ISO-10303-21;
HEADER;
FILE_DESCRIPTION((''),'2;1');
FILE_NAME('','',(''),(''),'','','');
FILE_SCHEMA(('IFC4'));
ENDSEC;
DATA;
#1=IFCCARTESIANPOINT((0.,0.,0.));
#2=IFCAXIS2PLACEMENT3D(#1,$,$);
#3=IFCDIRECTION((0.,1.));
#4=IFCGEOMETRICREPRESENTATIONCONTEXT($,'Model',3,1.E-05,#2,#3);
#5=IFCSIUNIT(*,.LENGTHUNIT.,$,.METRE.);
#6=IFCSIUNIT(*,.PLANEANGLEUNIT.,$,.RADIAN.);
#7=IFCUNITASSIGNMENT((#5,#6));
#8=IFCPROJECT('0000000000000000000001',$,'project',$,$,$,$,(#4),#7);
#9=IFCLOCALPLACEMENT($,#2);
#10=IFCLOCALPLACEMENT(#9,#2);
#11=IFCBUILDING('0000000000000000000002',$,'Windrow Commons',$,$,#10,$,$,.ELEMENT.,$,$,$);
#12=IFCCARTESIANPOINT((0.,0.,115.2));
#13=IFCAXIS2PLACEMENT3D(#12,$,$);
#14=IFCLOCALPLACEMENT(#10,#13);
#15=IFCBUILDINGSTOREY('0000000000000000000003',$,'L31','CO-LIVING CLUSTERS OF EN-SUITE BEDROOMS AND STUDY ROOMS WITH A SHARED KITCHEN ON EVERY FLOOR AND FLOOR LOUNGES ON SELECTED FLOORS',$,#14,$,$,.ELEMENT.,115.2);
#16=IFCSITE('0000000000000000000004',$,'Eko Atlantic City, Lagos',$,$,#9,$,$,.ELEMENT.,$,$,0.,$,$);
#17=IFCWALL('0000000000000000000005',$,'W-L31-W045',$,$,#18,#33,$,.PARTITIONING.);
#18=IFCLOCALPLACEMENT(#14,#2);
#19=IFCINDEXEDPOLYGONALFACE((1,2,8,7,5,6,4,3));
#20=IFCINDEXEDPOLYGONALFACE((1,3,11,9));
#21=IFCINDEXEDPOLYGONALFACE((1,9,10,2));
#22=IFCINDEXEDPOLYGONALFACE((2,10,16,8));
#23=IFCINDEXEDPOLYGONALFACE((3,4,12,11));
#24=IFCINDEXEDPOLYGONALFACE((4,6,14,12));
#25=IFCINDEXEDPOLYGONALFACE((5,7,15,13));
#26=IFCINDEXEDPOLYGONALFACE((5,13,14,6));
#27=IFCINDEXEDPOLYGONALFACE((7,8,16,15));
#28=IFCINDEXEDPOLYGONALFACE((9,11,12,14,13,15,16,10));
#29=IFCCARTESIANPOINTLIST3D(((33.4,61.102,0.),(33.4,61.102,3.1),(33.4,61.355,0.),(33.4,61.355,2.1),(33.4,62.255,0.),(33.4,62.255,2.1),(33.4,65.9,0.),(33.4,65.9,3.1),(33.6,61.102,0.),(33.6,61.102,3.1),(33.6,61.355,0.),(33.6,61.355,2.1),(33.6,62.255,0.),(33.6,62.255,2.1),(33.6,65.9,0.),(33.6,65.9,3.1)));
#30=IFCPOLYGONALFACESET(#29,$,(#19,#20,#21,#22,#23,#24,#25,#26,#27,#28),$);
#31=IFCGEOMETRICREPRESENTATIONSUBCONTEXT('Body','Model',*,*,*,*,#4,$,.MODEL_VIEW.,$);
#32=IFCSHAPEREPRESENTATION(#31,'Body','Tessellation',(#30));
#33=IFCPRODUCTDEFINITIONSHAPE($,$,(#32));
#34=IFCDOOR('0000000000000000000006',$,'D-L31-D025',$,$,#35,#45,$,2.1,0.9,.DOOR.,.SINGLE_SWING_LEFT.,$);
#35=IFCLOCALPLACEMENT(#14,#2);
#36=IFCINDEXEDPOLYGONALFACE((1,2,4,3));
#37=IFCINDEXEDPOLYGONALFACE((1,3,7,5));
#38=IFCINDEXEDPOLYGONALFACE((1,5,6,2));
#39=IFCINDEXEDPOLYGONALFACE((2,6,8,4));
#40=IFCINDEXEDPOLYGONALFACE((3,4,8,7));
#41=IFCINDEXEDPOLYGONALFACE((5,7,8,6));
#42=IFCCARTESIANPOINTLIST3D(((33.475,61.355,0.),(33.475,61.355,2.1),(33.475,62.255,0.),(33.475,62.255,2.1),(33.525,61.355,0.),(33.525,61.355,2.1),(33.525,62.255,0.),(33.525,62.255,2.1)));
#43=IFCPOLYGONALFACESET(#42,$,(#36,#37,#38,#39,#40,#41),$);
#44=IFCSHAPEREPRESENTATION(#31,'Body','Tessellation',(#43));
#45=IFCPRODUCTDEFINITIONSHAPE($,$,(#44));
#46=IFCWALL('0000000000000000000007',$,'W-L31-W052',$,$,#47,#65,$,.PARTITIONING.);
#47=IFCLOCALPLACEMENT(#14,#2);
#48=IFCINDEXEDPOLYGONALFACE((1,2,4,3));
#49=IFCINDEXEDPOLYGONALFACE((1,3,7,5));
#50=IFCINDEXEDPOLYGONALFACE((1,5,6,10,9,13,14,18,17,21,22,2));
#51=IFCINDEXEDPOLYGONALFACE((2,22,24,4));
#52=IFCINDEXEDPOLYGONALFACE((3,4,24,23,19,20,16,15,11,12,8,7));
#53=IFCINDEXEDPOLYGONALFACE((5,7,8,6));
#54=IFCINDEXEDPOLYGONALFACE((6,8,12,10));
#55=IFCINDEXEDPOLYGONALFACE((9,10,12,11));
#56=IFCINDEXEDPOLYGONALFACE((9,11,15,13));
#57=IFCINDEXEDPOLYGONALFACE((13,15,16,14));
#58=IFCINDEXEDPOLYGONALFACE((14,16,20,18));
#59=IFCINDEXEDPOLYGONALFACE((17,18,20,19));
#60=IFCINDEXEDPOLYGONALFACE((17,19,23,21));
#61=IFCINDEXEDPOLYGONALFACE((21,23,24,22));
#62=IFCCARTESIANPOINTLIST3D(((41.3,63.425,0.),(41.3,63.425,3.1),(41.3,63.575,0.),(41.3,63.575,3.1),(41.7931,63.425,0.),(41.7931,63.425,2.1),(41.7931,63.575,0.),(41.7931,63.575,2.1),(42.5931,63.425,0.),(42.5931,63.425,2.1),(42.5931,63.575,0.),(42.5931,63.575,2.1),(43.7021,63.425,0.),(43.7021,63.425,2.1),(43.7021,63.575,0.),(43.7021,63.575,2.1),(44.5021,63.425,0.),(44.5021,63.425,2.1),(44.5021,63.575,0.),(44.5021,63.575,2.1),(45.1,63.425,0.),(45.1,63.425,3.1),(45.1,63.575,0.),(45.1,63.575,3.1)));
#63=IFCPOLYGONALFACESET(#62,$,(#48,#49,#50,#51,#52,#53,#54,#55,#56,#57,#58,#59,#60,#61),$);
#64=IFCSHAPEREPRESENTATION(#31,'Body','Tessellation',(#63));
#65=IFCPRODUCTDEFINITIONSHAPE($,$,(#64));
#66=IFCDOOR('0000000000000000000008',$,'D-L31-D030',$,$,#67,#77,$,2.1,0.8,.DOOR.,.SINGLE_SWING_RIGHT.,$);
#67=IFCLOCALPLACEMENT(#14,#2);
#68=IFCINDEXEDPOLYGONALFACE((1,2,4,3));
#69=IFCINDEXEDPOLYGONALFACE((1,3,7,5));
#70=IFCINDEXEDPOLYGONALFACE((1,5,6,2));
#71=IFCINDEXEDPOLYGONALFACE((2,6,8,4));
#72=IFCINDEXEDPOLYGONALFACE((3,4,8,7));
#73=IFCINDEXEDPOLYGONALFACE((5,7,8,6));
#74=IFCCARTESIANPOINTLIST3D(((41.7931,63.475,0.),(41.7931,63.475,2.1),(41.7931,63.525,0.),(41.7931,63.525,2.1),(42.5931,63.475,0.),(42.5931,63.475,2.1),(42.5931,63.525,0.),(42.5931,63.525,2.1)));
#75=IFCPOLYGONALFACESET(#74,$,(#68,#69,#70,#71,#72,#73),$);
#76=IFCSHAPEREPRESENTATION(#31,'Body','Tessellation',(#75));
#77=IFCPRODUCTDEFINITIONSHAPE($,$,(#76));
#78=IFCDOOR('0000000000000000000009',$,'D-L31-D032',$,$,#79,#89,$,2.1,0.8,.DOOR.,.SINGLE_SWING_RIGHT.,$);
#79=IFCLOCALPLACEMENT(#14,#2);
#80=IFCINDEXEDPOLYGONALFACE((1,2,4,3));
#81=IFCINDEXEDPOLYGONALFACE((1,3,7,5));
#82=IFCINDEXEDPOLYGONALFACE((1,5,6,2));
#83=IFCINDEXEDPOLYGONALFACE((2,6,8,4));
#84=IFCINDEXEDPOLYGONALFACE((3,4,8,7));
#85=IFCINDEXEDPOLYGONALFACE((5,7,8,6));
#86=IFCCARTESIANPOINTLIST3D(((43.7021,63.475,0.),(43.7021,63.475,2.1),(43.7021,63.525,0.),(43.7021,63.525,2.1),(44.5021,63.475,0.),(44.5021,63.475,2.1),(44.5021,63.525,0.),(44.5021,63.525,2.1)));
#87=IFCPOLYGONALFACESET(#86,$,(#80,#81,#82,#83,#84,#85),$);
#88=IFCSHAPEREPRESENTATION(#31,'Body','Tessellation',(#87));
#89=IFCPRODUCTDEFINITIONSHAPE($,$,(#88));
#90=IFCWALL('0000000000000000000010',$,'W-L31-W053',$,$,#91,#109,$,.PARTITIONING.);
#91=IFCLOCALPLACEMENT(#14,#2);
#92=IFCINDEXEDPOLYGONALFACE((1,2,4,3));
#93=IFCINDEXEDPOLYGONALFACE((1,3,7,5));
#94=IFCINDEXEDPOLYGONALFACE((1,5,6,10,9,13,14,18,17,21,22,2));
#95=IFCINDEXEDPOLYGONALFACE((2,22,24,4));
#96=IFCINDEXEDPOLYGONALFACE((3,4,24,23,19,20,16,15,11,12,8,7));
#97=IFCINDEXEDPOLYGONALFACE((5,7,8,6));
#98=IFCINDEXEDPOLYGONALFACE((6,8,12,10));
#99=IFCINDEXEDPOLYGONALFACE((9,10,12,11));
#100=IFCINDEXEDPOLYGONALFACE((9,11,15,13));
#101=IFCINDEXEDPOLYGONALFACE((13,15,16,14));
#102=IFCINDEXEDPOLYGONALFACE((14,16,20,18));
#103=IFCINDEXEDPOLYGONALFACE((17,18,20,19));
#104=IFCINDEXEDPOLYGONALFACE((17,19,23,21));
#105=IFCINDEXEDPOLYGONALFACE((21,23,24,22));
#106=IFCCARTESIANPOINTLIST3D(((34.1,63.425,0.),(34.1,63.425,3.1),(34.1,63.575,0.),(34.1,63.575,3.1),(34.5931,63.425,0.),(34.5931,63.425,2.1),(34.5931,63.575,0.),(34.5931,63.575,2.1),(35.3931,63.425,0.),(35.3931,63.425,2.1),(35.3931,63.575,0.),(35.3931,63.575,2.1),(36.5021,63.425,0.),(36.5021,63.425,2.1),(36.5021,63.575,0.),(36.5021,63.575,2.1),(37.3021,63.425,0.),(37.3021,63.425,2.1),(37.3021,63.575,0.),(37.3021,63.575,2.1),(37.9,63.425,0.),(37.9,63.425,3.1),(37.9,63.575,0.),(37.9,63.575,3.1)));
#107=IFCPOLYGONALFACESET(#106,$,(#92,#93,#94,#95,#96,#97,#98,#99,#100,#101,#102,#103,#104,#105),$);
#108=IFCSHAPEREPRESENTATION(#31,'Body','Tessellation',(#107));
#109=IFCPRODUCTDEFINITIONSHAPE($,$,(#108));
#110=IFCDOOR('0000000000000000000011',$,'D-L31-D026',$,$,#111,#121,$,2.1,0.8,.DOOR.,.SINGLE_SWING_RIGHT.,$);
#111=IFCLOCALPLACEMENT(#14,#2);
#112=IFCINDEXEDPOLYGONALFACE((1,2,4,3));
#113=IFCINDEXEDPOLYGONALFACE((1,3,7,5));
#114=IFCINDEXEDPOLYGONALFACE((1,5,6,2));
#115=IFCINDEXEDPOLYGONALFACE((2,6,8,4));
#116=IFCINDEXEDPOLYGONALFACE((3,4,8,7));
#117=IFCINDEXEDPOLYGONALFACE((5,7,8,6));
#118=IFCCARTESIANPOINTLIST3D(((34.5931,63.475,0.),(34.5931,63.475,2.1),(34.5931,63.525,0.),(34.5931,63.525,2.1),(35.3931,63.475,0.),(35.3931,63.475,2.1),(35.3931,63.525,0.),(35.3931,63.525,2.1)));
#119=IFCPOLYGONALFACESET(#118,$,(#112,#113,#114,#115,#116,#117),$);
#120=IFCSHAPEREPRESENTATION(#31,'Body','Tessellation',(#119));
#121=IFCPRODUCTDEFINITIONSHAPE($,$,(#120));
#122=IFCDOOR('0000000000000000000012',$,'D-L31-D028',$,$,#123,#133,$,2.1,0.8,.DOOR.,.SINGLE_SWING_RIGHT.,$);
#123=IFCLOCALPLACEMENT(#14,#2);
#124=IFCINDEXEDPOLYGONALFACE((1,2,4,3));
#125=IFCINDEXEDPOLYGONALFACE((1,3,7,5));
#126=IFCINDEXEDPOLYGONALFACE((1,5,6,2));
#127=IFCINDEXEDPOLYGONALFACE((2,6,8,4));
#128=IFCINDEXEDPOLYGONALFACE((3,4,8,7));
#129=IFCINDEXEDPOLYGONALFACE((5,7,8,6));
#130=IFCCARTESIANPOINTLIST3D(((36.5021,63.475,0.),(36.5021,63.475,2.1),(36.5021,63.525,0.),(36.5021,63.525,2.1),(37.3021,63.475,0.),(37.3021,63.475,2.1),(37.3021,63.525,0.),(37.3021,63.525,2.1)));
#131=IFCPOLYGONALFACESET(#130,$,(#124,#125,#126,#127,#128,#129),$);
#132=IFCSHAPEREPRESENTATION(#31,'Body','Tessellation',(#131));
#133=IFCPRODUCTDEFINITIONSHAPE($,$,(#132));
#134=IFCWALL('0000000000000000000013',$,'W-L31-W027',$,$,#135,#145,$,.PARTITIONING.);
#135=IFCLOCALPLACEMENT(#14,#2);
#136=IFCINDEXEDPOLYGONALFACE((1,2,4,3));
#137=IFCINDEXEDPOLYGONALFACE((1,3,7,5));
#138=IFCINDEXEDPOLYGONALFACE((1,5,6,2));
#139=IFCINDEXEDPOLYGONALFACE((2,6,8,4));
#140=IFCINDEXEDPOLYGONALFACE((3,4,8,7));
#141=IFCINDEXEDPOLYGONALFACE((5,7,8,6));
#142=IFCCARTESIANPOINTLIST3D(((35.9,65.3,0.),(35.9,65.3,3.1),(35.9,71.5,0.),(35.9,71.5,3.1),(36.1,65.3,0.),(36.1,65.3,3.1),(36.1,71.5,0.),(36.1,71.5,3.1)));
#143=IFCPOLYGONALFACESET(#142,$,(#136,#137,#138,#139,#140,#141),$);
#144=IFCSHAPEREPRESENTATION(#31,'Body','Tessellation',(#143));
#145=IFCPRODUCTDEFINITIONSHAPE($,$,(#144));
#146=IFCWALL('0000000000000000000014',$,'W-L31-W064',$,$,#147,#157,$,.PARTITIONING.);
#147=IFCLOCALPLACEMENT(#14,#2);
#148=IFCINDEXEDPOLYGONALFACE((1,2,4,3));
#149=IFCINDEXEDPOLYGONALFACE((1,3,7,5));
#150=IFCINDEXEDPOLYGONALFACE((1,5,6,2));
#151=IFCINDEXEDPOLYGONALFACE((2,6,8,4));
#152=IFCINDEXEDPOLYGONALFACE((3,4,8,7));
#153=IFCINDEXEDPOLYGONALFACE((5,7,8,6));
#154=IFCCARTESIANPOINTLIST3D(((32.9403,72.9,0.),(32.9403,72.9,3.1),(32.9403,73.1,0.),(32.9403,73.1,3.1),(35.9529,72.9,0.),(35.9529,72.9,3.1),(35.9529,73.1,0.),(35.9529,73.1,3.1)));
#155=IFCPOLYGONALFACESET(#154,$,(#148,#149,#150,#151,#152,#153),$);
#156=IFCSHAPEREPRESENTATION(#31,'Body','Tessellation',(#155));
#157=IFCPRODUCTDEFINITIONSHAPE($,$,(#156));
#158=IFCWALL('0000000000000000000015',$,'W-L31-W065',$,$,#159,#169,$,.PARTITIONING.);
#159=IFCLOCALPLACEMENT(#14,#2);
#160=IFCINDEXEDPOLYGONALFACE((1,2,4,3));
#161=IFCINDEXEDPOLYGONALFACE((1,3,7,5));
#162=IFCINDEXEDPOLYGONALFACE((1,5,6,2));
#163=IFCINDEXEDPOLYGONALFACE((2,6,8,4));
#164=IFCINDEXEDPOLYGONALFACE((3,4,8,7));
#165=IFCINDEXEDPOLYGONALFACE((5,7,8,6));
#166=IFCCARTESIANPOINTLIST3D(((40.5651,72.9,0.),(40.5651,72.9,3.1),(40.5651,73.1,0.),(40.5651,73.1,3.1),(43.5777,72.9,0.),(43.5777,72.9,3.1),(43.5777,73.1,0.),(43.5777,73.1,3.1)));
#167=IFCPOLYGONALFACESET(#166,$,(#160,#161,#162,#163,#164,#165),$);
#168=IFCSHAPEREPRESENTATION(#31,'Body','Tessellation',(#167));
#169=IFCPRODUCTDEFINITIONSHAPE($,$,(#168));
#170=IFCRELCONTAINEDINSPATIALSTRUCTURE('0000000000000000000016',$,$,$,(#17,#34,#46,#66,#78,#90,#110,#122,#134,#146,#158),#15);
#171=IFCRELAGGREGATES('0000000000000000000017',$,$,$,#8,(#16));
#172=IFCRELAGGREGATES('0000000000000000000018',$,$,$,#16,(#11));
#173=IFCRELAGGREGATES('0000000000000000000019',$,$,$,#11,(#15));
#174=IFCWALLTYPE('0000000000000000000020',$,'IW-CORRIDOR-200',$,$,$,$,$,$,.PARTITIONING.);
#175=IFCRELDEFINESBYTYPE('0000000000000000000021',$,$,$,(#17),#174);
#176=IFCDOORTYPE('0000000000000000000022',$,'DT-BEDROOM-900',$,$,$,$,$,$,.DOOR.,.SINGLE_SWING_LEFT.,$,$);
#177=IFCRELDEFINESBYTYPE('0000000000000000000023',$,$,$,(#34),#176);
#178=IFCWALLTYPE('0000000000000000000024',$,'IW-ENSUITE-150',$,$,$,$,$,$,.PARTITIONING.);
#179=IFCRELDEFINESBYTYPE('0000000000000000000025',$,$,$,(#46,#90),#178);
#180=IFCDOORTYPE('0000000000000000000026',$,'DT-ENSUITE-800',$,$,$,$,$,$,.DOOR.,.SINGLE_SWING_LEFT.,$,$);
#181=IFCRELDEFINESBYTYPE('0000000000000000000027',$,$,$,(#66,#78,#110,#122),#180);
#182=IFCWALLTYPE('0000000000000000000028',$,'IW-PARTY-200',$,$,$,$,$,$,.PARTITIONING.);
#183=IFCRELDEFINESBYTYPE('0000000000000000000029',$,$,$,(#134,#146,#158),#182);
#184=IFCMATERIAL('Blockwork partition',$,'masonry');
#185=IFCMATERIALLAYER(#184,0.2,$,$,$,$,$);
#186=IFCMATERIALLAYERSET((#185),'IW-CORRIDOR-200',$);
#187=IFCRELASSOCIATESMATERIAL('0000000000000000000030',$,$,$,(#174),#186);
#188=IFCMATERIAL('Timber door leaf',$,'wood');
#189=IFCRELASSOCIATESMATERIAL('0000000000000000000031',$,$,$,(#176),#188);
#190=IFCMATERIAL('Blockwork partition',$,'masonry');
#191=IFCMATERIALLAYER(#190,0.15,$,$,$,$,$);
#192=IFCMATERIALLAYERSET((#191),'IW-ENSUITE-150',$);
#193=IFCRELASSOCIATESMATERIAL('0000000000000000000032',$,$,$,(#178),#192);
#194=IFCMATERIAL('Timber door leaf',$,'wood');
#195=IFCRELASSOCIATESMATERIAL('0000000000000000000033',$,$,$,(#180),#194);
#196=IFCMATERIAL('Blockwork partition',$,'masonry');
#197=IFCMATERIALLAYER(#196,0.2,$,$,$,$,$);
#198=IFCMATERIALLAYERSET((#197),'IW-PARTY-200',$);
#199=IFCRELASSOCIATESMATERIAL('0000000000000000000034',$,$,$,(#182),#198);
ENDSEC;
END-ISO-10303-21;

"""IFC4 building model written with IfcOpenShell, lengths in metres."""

from ifc_helpers import new_model, si_unit, direction, frame, frame_2d, origin, place, context, subcontext, project, spatial, rectangle, extrude, material, layer, layer_set, type_object, element, fill, save


model = new_model("IFC4")

# Units and contexts
model_context = context("Model", 3, precision=1e-05, world=origin(), true_north=direction((0.0, 1.0)))
body_context = subcontext(model_context, "Body", "Model", "MODEL_VIEW")
ifc_project = project(units=[si_unit("LENGTHUNIT", "METRE"), si_unit("PLANEANGLEUNIT", "RADIAN")], contexts=[model_context])

# Site, building, storey
site_placement = place(None, origin())
site = spatial("IfcSite", under=ifc_project, at=site_placement, Name="Eko Atlantic City, Lagos", CompositionType="ELEMENT", RefElevation=0.0)
building_placement = place(site_placement, origin())
building = spatial("IfcBuilding", under=site, at=building_placement, Name="Windrow Commons", CompositionType="ELEMENT")
storey_placement = place(building_placement, frame((0.0, 0.0, 115.2)))
storey = spatial("IfcBuildingStorey", under=building, at=storey_placement, Name="L31", Description="CO-LIVING CLUSTERS OF EN-SUITE BEDROOMS AND STUDY ROOMS WITH A SHARED KITCHEN ON EVERY FLOOR AND FLOOR LOUNGES ON SELECTED FLOORS", CompositionType="ELEMENT", Elevation=115.2)

# Wall, opening, door
ifc_material_1 = material(Name="Blockwork partition", Category="masonry")
ifc_layer_1 = layer(ifc_material_1, 0.2)
ifc_layer_set_1 = layer_set([ifc_layer_1], Name="IW-CORRIDOR-200")
wall_type_1 = type_object("IfcWallType", Name="IW-CORRIDOR-200", PredefinedType="PARTITIONING", material=ifc_layer_set_1)
wall_1_placement = place(storey_placement, frame((33.5, 61.102, 0.0), z_axis=(0.0, 0.0, 1.0), x_axis=(0.0, 1.0, 0.0)))
wall_1 = element("IfcWall", 1, at=wall_1_placement, inside=storey, type_object=wall_type_1, Name="W-L31-W045", PredefinedType="PARTITIONING", context=body_context, shape_type="SweptSolid", body=[
    extrude(rectangle(XDim=4.798, YDim=0.2, at=frame_2d((2.399, 0.0))), origin(), (0.0, 0.0, 1.0), 3.1),
])
opening_1_placement = place(wall_1_placement, frame((0.253, 0.0, 0.0)))
opening_1 = element("IfcOpeningElement", 2, at=opening_1_placement, cuts=wall_1, PredefinedType="OPENING", context=body_context, shape_type="SweptSolid", body=[
    extrude(rectangle(XDim=0.9, YDim=2.1, at=frame_2d((0.45, 1.05))), frame((0.0, 0.11, 0.0), z_axis=(0.0, -1.0, 0.0), x_axis=(1.0, 0.0, 0.0)), (0.0, 0.0, 1.0), 0.22),
])
ifc_material_2 = material(Name="Timber door leaf", Category="wood")
door_type_1 = type_object("IfcDoorType", Name="DT-BEDROOM-900", OperationType="SINGLE_SWING_LEFT", PredefinedType="DOOR", material=ifc_material_2)
door_1_placement = place(opening_1_placement, origin())
door_1 = element("IfcDoor", 3, at=door_1_placement, inside=storey, type_object=door_type_1, Name="D-L31-D025", OperationType="SINGLE_SWING_LEFT", OverallHeight=2.1, OverallWidth=0.9, PredefinedType="DOOR", context=body_context, shape_type="SweptSolid", body=[
    extrude(rectangle(XDim=0.9, YDim=2.1, at=frame_2d((0.45, 1.05))), frame((0.0, 0.025, 0.0), z_axis=(0.0, -1.0, 0.0), x_axis=(1.0, 0.0, 0.0)), (0.0, 0.0, 1.0), 0.05),
])
fill(opening_1, door_1)

# Walls, openings, doors
ifc_material_3 = material(Name="Blockwork partition", Category="masonry")
ifc_layer_2 = layer(ifc_material_3, 0.15)
ifc_layer_set_2 = layer_set([ifc_layer_2], Name="IW-ENSUITE-150")
wall_type_2 = type_object("IfcWallType", Name="IW-ENSUITE-150", PredefinedType="PARTITIONING", material=ifc_layer_set_2)
wall_2_placement = place(storey_placement, frame((41.3, 63.5, 0.0), z_axis=(0.0, 0.0, 1.0), x_axis=(1.0, 0.0, 0.0)))
wall_2 = element("IfcWall", 4, at=wall_2_placement, inside=storey, type_object=wall_type_2, Name="W-L31-W052", PredefinedType="PARTITIONING", context=body_context, shape_type="SweptSolid", body=[
    extrude(rectangle(XDim=3.8, YDim=0.15, at=frame_2d((1.9, 0.0))), origin(), (0.0, 0.0, 1.0), 3.1),
])
opening_2_placement = place(wall_2_placement, frame((0.4931, 0.0, 0.0)))
opening_2 = element("IfcOpeningElement", 5, at=opening_2_placement, cuts=wall_2, PredefinedType="OPENING", context=body_context, shape_type="SweptSolid", body=[
    extrude(rectangle(XDim=0.8, YDim=2.1, at=frame_2d((0.4, 1.05))), frame((0.0, 0.085, 0.0), z_axis=(0.0, -1.0, 0.0), x_axis=(1.0, 0.0, 0.0)), (0.0, 0.0, 1.0), 0.17),
])
opening_3_placement = place(wall_2_placement, frame((2.4021, 0.0, 0.0)))
opening_3 = element("IfcOpeningElement", 6, at=opening_3_placement, cuts=wall_2, PredefinedType="OPENING", context=body_context, shape_type="SweptSolid", body=[
    extrude(rectangle(XDim=0.8, YDim=2.1, at=frame_2d((0.4, 1.05))), frame((0.0, 0.085, 0.0), z_axis=(0.0, -1.0, 0.0), x_axis=(1.0, 0.0, 0.0)), (0.0, 0.0, 1.0), 0.17),
])
ifc_material_4 = material(Name="Timber door leaf", Category="wood")
door_type_2 = type_object("IfcDoorType", Name="DT-ENSUITE-800", OperationType="SINGLE_SWING_LEFT", PredefinedType="DOOR", material=ifc_material_4)
door_2_placement = place(opening_2_placement, origin())
door_2 = element("IfcDoor", 7, at=door_2_placement, inside=storey, type_object=door_type_2, Name="D-L31-D030", OperationType="SINGLE_SWING_RIGHT", OverallHeight=2.1, OverallWidth=0.8, PredefinedType="DOOR", context=body_context, shape_type="SweptSolid", body=[
    extrude(rectangle(XDim=0.8, YDim=2.1, at=frame_2d((0.4, 1.05))), frame((0.0, 0.025, 0.0), z_axis=(0.0, -1.0, 0.0), x_axis=(1.0, 0.0, 0.0)), (0.0, 0.0, 1.0), 0.05),
])
fill(opening_2, door_2)
door_3_placement = place(opening_3_placement, origin())
door_3 = element("IfcDoor", 8, at=door_3_placement, inside=storey, type_object=door_type_2, Name="D-L31-D032", OperationType="SINGLE_SWING_RIGHT", OverallHeight=2.1, OverallWidth=0.8, PredefinedType="DOOR", context=body_context, shape_type="SweptSolid", body=[
    extrude(rectangle(XDim=0.8, YDim=2.1, at=frame_2d((0.4, 1.05))), frame((0.0, 0.025, 0.0), z_axis=(0.0, -1.0, 0.0), x_axis=(1.0, 0.0, 0.0)), (0.0, 0.0, 1.0), 0.05),
])
fill(opening_3, door_3)
wall_3_placement = place(storey_placement, frame((34.1, 63.5, 0.0), z_axis=(0.0, 0.0, 1.0), x_axis=(1.0, 0.0, 0.0)))
wall_3 = element("IfcWall", 9, at=wall_3_placement, inside=storey, type_object=wall_type_2, Name="W-L31-W053", PredefinedType="PARTITIONING", context=body_context, shape_type="SweptSolid", body=[
    extrude(rectangle(XDim=3.8, YDim=0.15, at=frame_2d((1.9, 0.0))), origin(), (0.0, 0.0, 1.0), 3.1),
])
opening_4_placement = place(wall_3_placement, frame((0.4931, 0.0, 0.0)))
opening_4 = element("IfcOpeningElement", 10, at=opening_4_placement, cuts=wall_3, PredefinedType="OPENING", context=body_context, shape_type="SweptSolid", body=[
    extrude(rectangle(XDim=0.8, YDim=2.1, at=frame_2d((0.4, 1.05))), frame((0.0, 0.085, 0.0), z_axis=(0.0, -1.0, 0.0), x_axis=(1.0, 0.0, 0.0)), (0.0, 0.0, 1.0), 0.17),
])
opening_5_placement = place(wall_3_placement, frame((2.4021, 0.0, 0.0)))
opening_5 = element("IfcOpeningElement", 11, at=opening_5_placement, cuts=wall_3, PredefinedType="OPENING", context=body_context, shape_type="SweptSolid", body=[
    extrude(rectangle(XDim=0.8, YDim=2.1, at=frame_2d((0.4, 1.05))), frame((0.0, 0.085, 0.0), z_axis=(0.0, -1.0, 0.0), x_axis=(1.0, 0.0, 0.0)), (0.0, 0.0, 1.0), 0.17),
])
door_4_placement = place(opening_4_placement, origin())
door_4 = element("IfcDoor", 12, at=door_4_placement, inside=storey, type_object=door_type_2, Name="D-L31-D026", OperationType="SINGLE_SWING_RIGHT", OverallHeight=2.1, OverallWidth=0.8, PredefinedType="DOOR", context=body_context, shape_type="SweptSolid", body=[
    extrude(rectangle(XDim=0.8, YDim=2.1, at=frame_2d((0.4, 1.05))), frame((0.0, 0.025, 0.0), z_axis=(0.0, -1.0, 0.0), x_axis=(1.0, 0.0, 0.0)), (0.0, 0.0, 1.0), 0.05),
])
fill(opening_4, door_4)
door_5_placement = place(opening_5_placement, origin())
door_5 = element("IfcDoor", 13, at=door_5_placement, inside=storey, type_object=door_type_2, Name="D-L31-D028", OperationType="SINGLE_SWING_RIGHT", OverallHeight=2.1, OverallWidth=0.8, PredefinedType="DOOR", context=body_context, shape_type="SweptSolid", body=[
    extrude(rectangle(XDim=0.8, YDim=2.1, at=frame_2d((0.4, 1.05))), frame((0.0, 0.025, 0.0), z_axis=(0.0, -1.0, 0.0), x_axis=(1.0, 0.0, 0.0)), (0.0, 0.0, 1.0), 0.05),
])
fill(opening_5, door_5)

# Walls
ifc_material_5 = material(Name="Blockwork partition", Category="masonry")
ifc_layer_3 = layer(ifc_material_5, 0.2)
ifc_layer_set_3 = layer_set([ifc_layer_3], Name="IW-PARTY-200")
wall_type_3 = type_object("IfcWallType", Name="IW-PARTY-200", PredefinedType="PARTITIONING", material=ifc_layer_set_3)
wall_4_placement = place(storey_placement, frame((36.0, 65.3, 0.0), z_axis=(0.0, 0.0, 1.0), x_axis=(0.0, 1.0, 0.0)))
element("IfcWall", 14, at=wall_4_placement, inside=storey, type_object=wall_type_3, Name="W-L31-W027", PredefinedType="PARTITIONING", context=body_context, shape_type="SweptSolid", body=[
    extrude(rectangle(XDim=6.2, YDim=0.2, at=frame_2d((3.1, 0.0))), origin(), (0.0, 0.0, 1.0), 3.1),
])
for number, where, z_axis, x_axis, name in (
    (15, (32.9403, 73.0, 0.0), (0.0, 0.0, 1.0), (1.0, 0.0, 0.0), "W-L31-W064"),
    (16, (40.5651, 73.0, 0.0), (0.0, 0.0, 1.0), (1.0, 0.0, 0.0), "W-L31-W065"),
):
    element("IfcWall", number, at=place(storey_placement, frame(where, z_axis=z_axis, x_axis=x_axis)), inside=storey, type_object=wall_type_3, Name=name, PredefinedType="PARTITIONING", context=body_context, shape_type="SweptSolid", body=[
        extrude(rectangle(XDim=3.0126, YDim=0.2, at=frame_2d((1.5063, 0.0))), origin(), (0.0, 0.0, 1.0), 3.1),
    ])

save(model, "model.ifc")
